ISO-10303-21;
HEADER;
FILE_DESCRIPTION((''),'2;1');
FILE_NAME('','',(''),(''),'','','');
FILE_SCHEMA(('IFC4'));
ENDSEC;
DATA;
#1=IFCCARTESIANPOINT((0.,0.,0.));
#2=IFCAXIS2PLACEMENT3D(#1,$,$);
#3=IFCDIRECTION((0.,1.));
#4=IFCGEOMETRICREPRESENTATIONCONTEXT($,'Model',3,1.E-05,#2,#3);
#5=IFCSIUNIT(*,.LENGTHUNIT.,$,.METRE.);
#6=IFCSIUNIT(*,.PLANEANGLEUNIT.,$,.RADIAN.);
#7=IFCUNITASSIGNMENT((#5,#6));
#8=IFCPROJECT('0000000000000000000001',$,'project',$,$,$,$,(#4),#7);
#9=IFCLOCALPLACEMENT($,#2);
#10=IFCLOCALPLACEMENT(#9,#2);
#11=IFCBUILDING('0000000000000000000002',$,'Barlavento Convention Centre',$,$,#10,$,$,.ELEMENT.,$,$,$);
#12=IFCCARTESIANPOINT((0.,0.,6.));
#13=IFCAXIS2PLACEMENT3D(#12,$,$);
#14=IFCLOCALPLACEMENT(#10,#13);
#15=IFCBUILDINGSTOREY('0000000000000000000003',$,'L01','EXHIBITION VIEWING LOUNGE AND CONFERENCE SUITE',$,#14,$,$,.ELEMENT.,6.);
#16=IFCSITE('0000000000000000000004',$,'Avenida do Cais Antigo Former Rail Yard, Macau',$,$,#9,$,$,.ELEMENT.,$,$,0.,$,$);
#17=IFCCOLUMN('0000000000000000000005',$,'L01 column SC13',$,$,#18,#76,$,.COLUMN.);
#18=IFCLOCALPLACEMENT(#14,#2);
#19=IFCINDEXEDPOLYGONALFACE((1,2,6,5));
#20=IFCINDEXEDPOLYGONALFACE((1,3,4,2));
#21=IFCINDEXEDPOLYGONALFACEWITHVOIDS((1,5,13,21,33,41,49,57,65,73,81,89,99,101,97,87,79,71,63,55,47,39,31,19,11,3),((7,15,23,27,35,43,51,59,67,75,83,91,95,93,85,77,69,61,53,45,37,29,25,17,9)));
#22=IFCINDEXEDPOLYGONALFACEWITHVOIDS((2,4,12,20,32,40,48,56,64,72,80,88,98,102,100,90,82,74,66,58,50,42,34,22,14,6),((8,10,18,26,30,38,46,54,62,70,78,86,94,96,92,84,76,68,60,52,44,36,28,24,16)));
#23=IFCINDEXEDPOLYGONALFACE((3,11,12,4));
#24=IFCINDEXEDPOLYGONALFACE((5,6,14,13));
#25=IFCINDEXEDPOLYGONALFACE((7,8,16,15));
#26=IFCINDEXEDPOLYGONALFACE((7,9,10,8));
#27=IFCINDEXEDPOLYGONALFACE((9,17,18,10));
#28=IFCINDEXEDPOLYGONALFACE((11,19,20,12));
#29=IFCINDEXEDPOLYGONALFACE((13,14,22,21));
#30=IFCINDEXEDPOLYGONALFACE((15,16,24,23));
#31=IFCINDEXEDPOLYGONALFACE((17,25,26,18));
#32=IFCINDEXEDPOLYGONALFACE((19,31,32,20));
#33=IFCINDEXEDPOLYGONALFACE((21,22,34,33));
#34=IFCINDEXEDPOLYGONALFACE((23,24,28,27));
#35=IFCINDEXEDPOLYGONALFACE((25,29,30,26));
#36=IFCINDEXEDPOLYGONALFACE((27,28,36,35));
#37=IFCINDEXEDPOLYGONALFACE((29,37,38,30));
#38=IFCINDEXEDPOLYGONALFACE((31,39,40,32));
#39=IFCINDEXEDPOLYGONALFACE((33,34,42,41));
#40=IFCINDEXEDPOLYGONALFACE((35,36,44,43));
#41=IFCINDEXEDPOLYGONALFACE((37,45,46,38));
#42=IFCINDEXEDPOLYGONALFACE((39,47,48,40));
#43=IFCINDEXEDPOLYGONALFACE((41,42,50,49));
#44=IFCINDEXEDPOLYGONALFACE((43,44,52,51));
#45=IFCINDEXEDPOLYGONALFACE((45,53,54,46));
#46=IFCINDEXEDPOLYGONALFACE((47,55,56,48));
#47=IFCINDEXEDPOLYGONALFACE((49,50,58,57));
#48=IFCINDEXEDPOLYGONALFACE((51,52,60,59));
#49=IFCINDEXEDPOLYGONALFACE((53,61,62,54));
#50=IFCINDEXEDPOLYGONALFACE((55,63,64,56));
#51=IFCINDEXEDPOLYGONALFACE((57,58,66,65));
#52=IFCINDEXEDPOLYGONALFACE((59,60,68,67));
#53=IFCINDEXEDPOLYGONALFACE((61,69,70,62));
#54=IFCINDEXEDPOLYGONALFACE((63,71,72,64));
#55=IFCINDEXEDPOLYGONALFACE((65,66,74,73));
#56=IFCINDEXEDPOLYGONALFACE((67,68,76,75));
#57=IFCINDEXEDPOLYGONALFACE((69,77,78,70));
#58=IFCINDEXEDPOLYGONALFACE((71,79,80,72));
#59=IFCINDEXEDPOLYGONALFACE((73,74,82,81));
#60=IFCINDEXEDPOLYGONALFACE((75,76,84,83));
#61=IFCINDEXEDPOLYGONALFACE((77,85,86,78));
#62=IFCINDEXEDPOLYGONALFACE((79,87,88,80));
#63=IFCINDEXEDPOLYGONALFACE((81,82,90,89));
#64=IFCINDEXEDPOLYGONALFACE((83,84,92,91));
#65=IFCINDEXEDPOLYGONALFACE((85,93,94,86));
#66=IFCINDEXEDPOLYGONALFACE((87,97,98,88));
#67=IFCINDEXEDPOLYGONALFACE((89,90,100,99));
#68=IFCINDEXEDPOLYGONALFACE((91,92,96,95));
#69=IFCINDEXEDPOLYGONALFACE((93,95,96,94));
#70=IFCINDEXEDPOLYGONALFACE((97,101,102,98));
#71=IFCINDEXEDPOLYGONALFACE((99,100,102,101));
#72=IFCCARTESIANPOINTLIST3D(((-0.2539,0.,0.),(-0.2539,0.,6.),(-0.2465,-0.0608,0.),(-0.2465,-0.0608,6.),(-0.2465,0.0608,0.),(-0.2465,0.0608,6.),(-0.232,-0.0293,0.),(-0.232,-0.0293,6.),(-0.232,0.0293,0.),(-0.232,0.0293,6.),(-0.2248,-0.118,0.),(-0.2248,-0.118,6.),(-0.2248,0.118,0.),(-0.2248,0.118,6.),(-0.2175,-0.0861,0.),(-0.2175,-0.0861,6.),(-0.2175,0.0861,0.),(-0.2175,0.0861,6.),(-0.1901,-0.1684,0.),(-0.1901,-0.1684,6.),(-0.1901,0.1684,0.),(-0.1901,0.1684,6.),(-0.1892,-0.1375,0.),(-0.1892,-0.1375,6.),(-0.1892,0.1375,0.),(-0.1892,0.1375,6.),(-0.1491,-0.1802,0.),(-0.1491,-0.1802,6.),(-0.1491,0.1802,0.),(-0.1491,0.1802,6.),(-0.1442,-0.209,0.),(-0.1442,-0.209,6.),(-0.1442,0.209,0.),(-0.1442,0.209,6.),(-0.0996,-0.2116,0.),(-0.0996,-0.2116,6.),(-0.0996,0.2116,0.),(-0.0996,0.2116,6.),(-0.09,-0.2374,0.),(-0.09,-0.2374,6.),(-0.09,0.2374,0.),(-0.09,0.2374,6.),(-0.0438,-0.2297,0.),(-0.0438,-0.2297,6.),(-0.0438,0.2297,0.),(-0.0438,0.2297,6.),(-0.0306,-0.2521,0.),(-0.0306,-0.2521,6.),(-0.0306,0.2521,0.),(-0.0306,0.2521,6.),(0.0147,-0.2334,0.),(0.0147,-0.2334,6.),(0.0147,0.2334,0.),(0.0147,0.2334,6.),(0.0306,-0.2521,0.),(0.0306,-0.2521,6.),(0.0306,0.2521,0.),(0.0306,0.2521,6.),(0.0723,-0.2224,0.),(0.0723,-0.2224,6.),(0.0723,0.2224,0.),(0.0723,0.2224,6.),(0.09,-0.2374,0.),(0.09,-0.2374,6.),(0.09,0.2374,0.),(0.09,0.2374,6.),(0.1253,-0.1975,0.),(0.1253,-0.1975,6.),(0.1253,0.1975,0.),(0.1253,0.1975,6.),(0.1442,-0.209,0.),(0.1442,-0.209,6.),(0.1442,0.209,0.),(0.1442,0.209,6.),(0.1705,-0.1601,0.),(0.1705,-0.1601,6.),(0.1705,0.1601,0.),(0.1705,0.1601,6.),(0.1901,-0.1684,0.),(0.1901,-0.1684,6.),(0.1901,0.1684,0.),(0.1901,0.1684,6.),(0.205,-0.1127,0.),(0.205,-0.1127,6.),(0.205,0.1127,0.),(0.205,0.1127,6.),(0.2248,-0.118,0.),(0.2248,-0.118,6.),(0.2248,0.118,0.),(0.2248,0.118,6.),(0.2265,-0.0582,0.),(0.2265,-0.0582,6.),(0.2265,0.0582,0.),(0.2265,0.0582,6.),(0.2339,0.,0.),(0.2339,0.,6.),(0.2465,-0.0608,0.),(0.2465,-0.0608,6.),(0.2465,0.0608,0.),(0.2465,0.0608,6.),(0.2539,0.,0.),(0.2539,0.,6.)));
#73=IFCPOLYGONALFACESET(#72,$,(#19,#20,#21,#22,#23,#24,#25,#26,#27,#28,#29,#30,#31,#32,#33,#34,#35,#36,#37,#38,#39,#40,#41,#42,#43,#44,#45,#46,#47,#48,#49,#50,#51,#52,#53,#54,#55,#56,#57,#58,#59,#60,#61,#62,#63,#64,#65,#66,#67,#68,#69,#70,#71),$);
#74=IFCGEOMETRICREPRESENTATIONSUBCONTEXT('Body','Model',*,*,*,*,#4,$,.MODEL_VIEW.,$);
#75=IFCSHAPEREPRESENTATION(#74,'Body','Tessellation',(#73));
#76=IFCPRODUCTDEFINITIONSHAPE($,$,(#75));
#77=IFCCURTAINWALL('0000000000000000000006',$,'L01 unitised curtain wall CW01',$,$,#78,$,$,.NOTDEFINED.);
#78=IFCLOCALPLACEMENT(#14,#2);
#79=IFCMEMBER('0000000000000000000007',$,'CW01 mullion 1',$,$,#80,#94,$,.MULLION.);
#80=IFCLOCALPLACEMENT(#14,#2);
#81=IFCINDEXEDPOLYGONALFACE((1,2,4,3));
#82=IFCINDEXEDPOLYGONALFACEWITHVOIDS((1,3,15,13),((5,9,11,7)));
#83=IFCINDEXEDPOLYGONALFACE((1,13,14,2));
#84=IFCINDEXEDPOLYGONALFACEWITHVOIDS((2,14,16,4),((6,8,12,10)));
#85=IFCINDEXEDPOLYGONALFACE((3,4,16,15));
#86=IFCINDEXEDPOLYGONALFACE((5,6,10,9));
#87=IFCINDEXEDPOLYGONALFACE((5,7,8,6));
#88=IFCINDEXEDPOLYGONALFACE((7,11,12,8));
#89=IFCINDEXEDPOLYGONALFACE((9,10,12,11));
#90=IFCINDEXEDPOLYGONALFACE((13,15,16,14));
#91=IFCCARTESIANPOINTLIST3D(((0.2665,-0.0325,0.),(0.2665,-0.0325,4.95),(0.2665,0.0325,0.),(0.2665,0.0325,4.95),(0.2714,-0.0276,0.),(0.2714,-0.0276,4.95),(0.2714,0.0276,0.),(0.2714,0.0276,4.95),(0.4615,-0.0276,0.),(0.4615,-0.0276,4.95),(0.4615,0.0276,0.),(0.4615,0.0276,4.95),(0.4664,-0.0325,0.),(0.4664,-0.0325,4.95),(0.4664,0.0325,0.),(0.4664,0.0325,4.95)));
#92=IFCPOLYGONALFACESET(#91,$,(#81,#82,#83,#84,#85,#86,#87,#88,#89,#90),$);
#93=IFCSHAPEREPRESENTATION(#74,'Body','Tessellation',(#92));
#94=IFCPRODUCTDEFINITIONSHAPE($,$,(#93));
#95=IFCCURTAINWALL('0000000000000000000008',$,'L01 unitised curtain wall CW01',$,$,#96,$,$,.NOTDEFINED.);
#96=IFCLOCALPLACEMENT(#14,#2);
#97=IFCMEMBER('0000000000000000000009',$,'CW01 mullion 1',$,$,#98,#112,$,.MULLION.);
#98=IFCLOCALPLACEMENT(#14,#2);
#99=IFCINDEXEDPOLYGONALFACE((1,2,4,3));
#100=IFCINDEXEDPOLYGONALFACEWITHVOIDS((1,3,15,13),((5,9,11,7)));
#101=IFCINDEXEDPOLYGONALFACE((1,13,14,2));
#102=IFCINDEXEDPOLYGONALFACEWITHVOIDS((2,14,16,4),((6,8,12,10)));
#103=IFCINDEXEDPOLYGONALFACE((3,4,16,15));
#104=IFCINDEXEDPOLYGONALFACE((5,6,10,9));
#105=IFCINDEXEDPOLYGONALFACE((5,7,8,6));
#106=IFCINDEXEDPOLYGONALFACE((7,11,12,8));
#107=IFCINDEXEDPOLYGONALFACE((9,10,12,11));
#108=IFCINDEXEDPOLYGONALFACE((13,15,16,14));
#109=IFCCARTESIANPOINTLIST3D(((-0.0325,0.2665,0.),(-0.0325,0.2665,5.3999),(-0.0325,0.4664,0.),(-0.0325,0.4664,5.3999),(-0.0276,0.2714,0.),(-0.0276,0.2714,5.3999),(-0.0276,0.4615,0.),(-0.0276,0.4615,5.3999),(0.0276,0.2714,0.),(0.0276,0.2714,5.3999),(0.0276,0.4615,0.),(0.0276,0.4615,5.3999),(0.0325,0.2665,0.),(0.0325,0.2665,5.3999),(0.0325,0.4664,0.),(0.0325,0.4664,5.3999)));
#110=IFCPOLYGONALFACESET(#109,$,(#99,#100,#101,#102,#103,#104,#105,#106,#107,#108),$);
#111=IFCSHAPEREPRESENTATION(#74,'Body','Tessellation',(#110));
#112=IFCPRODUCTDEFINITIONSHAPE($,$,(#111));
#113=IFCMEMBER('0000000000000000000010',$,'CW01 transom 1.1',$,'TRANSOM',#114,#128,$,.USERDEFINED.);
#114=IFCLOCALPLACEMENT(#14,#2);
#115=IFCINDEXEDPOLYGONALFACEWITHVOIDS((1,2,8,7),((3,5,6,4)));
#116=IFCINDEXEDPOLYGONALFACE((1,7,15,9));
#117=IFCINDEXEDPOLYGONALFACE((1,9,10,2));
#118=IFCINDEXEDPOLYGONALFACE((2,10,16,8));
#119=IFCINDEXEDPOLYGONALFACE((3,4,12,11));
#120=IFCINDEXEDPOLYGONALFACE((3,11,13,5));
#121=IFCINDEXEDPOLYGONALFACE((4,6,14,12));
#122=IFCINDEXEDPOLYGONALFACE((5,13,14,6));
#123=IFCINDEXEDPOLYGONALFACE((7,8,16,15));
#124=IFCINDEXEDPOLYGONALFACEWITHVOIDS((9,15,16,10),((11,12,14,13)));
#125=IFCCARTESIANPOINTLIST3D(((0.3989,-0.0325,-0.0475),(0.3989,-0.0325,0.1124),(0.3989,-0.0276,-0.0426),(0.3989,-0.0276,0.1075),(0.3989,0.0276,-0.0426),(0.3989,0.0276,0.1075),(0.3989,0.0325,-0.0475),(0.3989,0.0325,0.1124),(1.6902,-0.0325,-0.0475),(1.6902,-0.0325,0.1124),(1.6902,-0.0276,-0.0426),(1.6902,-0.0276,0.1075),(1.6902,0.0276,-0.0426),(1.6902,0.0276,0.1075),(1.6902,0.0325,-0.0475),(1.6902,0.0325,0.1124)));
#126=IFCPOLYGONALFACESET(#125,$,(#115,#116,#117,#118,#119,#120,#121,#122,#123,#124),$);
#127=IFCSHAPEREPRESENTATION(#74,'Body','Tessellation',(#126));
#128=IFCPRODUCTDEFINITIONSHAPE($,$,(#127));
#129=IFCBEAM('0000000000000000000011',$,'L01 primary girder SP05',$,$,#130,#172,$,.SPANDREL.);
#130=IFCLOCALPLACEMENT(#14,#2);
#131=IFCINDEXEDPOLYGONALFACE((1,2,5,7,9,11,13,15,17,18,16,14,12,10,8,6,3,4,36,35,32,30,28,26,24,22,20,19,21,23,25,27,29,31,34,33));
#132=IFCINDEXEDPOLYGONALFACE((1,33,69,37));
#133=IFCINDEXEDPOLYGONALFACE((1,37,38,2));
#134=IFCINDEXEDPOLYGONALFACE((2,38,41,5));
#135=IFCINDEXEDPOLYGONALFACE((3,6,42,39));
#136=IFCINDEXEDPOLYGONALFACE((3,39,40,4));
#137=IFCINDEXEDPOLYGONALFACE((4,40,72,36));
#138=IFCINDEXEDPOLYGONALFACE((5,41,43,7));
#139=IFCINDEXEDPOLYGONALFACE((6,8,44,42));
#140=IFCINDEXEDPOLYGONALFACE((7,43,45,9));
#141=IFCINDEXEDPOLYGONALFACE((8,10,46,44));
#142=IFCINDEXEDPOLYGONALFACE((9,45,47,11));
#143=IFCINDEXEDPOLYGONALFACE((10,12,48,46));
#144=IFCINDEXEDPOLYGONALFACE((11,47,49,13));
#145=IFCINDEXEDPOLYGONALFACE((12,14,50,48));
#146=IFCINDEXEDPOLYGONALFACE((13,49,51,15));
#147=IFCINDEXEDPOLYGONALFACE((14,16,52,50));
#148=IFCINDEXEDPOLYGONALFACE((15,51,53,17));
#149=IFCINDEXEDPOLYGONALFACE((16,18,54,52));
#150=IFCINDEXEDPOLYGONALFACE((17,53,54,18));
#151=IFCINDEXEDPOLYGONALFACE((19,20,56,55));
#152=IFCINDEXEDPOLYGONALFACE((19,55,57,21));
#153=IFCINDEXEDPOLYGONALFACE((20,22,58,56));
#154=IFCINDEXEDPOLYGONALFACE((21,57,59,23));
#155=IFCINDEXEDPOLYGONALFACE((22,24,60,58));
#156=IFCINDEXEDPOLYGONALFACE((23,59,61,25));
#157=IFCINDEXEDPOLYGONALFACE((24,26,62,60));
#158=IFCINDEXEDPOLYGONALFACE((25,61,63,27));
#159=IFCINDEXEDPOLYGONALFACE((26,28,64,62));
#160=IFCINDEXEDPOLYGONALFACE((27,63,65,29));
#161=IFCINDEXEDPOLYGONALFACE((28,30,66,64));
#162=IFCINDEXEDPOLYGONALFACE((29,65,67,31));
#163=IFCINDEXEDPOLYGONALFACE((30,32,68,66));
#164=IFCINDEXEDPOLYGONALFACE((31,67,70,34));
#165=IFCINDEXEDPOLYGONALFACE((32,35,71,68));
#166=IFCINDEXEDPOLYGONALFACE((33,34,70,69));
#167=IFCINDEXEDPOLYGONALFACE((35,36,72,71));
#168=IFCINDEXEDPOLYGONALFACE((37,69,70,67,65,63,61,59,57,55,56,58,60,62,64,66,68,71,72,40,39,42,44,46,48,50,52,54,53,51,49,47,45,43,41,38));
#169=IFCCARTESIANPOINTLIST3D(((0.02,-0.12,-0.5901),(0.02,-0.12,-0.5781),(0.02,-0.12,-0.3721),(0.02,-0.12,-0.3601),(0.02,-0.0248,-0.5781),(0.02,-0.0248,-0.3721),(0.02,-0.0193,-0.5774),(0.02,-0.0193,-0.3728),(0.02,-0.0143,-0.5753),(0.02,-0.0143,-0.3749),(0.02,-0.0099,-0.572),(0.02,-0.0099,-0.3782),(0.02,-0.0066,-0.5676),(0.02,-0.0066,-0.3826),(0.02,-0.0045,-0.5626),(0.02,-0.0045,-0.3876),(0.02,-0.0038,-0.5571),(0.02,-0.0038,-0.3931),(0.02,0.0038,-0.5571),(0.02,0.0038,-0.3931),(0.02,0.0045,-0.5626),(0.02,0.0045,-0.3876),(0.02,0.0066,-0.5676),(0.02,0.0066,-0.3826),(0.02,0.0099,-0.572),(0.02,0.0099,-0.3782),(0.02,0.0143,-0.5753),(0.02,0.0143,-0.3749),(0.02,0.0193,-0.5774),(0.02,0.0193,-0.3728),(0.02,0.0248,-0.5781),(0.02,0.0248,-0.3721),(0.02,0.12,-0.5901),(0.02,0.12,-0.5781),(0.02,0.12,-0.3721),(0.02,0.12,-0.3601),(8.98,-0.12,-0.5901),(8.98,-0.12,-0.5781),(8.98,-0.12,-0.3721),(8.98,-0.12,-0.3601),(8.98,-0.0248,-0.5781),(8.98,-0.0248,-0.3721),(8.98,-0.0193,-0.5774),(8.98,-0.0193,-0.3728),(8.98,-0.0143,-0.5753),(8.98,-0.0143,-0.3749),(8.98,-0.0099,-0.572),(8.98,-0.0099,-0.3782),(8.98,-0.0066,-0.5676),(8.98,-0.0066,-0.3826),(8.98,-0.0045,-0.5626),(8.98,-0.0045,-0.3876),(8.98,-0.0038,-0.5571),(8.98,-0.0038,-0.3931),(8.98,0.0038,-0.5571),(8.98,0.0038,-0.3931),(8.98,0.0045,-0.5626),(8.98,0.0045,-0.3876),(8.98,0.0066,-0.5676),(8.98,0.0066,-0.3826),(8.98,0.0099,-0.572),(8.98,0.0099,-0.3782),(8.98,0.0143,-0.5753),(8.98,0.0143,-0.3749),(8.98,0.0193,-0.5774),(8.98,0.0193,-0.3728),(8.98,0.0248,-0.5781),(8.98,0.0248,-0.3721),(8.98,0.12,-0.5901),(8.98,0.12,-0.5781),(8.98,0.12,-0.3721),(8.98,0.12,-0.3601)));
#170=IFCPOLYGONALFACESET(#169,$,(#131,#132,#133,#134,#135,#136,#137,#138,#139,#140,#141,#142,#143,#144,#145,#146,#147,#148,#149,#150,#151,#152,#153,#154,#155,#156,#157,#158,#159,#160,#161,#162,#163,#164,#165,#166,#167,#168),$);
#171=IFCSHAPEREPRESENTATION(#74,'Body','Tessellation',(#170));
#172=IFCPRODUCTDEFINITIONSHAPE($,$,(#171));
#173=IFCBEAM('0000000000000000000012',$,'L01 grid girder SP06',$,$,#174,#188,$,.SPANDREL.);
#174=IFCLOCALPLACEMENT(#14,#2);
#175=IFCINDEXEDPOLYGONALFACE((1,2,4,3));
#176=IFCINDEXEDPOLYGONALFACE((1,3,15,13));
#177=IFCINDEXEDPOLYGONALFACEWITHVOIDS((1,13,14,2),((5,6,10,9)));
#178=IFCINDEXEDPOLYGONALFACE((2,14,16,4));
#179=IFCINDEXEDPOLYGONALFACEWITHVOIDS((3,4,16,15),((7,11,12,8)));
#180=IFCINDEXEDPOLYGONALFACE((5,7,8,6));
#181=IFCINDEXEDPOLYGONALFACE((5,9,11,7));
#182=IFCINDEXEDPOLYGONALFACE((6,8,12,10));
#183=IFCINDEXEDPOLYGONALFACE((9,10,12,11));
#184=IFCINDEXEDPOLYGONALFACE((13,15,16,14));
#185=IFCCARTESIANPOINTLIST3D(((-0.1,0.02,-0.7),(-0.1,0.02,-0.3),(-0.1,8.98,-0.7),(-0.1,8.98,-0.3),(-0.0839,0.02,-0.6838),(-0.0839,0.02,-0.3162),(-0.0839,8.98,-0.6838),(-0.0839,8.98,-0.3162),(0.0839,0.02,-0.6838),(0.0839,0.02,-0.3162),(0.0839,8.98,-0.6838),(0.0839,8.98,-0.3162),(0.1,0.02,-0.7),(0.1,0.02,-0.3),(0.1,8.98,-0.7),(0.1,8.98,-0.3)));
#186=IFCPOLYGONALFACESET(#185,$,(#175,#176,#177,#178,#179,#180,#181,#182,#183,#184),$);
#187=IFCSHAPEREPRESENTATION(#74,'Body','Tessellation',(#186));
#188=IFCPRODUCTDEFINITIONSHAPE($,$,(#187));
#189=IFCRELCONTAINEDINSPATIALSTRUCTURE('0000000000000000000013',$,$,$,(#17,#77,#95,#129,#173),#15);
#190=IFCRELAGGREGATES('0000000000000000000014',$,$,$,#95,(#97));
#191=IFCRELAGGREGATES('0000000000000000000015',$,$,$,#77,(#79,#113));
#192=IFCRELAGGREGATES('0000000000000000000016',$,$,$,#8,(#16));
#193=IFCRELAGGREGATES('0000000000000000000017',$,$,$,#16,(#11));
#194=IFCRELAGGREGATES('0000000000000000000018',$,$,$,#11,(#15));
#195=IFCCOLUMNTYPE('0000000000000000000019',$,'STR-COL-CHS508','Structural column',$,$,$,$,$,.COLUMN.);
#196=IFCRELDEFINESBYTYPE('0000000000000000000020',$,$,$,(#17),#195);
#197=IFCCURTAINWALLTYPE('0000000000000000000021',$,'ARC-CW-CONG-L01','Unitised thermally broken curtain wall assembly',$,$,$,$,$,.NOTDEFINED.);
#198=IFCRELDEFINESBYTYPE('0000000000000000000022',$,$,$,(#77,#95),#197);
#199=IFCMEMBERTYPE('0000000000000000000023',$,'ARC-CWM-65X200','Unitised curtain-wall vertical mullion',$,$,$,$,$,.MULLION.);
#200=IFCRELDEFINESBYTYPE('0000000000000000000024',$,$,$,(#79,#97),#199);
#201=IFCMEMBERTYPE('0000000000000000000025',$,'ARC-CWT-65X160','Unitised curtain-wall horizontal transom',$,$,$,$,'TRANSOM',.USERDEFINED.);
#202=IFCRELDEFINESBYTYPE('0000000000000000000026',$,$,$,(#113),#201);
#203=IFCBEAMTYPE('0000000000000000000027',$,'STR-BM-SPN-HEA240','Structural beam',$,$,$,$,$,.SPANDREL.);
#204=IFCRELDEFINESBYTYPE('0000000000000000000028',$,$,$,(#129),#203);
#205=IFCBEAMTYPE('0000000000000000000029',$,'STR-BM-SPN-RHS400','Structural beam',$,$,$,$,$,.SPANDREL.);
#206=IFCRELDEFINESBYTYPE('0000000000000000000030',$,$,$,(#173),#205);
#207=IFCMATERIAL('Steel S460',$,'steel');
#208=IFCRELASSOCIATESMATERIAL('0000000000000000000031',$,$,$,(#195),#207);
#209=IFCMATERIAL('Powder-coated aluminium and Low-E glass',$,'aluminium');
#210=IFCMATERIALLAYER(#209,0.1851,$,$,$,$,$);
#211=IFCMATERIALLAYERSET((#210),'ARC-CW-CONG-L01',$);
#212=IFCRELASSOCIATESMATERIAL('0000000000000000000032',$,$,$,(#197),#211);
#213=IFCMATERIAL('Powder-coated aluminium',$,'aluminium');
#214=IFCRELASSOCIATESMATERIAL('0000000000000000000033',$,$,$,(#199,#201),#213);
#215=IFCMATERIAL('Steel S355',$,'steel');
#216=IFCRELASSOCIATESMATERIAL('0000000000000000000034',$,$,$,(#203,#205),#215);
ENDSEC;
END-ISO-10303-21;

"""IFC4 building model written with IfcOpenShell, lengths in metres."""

from ifc_helpers import new_model, si_unit, direction, frame, origin, origin_with_axes, origin_2d, place, context, subcontext, project, spatial, hollow_rectangle, hollow_circle, i_section, extrude, material, layer, layer_set, material_profile, profile_set, type_object, element, aggregate, save


model = new_model("IFC4")

# Units and contexts
model_context = context("Model", 3, precision=1e-05, world=origin(), true_north=direction((0.0, 1.0)))
body_context = subcontext(model_context, "Body", "Model", "MODEL_VIEW")
ifc_project = project(units=[si_unit("LENGTHUNIT", "METRE"), si_unit("PLANEANGLEUNIT", "RADIAN")], contexts=[model_context])

# Site, building, storey
site_placement = place(None, origin())
site = spatial("IfcSite", under=ifc_project, at=site_placement, Name="Avenida do Cais Antigo Former Rail Yard, Macau", CompositionType="ELEMENT", RefElevation=0.0)
building_placement = place(site_placement, origin())
building = spatial("IfcBuilding", under=site, at=building_placement, Name="Barlavento Convention Centre", CompositionType="ELEMENT")
storey_placement = place(building_placement, frame((0.0, 0.0, 6.0)))
storey = spatial("IfcBuildingStorey", under=building, at=storey_placement, Name="L01", Description="EXHIBITION VIEWING LOUNGE AND CONFERENCE SUITE", CompositionType="ELEMENT", Elevation=6.0)

# Column
ifc_material_1 = material(Name="Steel S460", Category="steel")
ifc_material_profile_1 = material_profile(ifc_material_1, hollow_circle(Radius=0.2539, WallThickness=0.02, at=origin_2d()), Name="CHS 508.0x20.0")
ifc_profile_set_1 = profile_set([ifc_material_profile_1], Name="Steel S460")
column_type = type_object("IfcColumnType", Name="STR-COL-CHS508", Description="Structural column", PredefinedType="COLUMN", material=ifc_profile_set_1)
column_placement = place(storey_placement, origin_with_axes())
element("IfcColumn", 1, at=column_placement, inside=storey, type_object=column_type, Name="L01 column SC13", PredefinedType="COLUMN", context=body_context, shape_type="SweptSolid", body=[
    extrude(hollow_circle(Radius=0.2539, WallThickness=0.02, at=origin_2d()), origin(), (0.0, 0.0, 1.0), 6.0),
])

# Curtain walls, members
ifc_material_2 = material(Name="Powder-coated aluminium and Low-E glass", Category="aluminium")
ifc_layer_1 = layer(ifc_material_2, 0.1851)
ifc_layer_set_1 = layer_set([ifc_layer_1], Name="ARC-CW-CONG-L01")
curtain_wall_type = type_object("IfcCurtainWallType", Name="ARC-CW-CONG-L01", Description="Unitised thermally broken curtain wall assembly", PredefinedType="NOTDEFINED", material=ifc_layer_set_1)
curtain_wall_1_placement = place(storey_placement, origin())
curtain_wall_1 = element("IfcCurtainWall", 2, at=curtain_wall_1_placement, inside=storey, type_object=curtain_wall_type, Name="L01 unitised curtain wall CW01", PredefinedType="NOTDEFINED")
ifc_material_3 = material(Name="Powder-coated aluminium", Category="aluminium")
ifc_material_profile_2 = material_profile(ifc_material_3, hollow_rectangle(XDim=0.0649, YDim=0.2, WallThickness=0.0049, at=origin_2d()), Name="AL-MULL 65x200x5")
ifc_profile_set_2 = profile_set([ifc_material_profile_2], Name="Powder-coated aluminium")
member_type_1 = type_object("IfcMemberType", Name="ARC-CWM-65X200", Description="Unitised curtain-wall vertical mullion", PredefinedType="MULLION", material=ifc_profile_set_2)
member_1_placement = place(storey_placement, frame((0.3665, 0.0, 0.0), z_axis=(0.0, 0.0, 1.0), x_axis=(0.0, 1.0, 0.0)))
member_1 = element("IfcMember", 3, at=member_1_placement, type_object=member_type_1, Name="CW01 mullion 1", PredefinedType="MULLION", context=body_context, shape_type="SweptSolid", body=[
    extrude(hollow_rectangle(XDim=0.0649, YDim=0.2, WallThickness=0.0049, at=origin_2d()), origin(), (0.0, 0.0, 1.0), 4.95),
])
curtain_wall_2_placement = place(storey_placement, origin())
curtain_wall_2 = element("IfcCurtainWall", 4, at=curtain_wall_2_placement, inside=storey, type_object=curtain_wall_type, Name="L01 unitised curtain wall CW01", PredefinedType="NOTDEFINED")
member_2_placement = place(storey_placement, frame((0.0, 0.3665, 0.0), z_axis=(0.0, 0.0, 1.0), x_axis=(-1.0, 0.0, 0.0)))
member_2 = element("IfcMember", 5, at=member_2_placement, type_object=member_type_1, Name="CW01 mullion 1", PredefinedType="MULLION", context=body_context, shape_type="SweptSolid", body=[
    extrude(hollow_rectangle(XDim=0.0649, YDim=0.2, WallThickness=0.0049, at=origin_2d()), origin(), (0.0, 0.0, 1.0), 5.3999),
])
aggregate(curtain_wall_2, [member_2])

# Member
ifc_material_profile_3 = material_profile(ifc_material_3, hollow_rectangle(XDim=0.0649, YDim=0.1599, WallThickness=0.0049, at=origin_2d()), Name="AL-TRAN 65x160x5")
ifc_profile_set_3 = profile_set([ifc_material_profile_3], Name="Powder-coated aluminium")
member_type_2 = type_object("IfcMemberType", Name="ARC-CWT-65X160", Description="Unitised curtain-wall horizontal transom", ElementType="TRANSOM", PredefinedType="USERDEFINED", material=ifc_profile_set_3)
member_3_placement = place(storey_placement, frame((0.3989, 0.0, 0.0325), z_axis=(1.0, 0.0, 0.0), x_axis=(0.0, 1.0, 0.0)))
member_3 = element("IfcMember", 6, at=member_3_placement, type_object=member_type_2, Name="CW01 transom 1.1", ObjectType="TRANSOM", PredefinedType="USERDEFINED", context=body_context, shape_type="SweptSolid", body=[
    extrude(hollow_rectangle(XDim=0.0649, YDim=0.1599, WallThickness=0.0049, at=origin_2d()), origin(), (0.0, 0.0, 1.0), 1.2913),
])
aggregate(curtain_wall_1, [member_1, member_3])

# Beams
ifc_material_4 = material(Name="Steel S355", Category="steel")
ifc_material_profile_4 = material_profile(ifc_material_4, i_section(OverallWidth=0.24, OverallDepth=0.23, WebThickness=0.0076, FlangeThickness=0.012, FilletRadius=0.021, at=origin_2d()), Name="HEA 240")
ifc_profile_set_4 = profile_set([ifc_material_profile_4], Name="Steel S355")
beam_type_1 = type_object("IfcBeamType", Name="STR-BM-SPN-HEA240", Description="Structural beam", PredefinedType="SPANDREL", material=ifc_profile_set_4)
beam_1_placement = place(storey_placement, frame((0.02, 0.0, -0.4751), z_axis=(1.0, 0.0, 0.0), x_axis=(0.0, 1.0, 0.0)))
element("IfcBeam", 7, at=beam_1_placement, inside=storey, type_object=beam_type_1, Name="L01 primary girder SP05", PredefinedType="SPANDREL", context=body_context, shape_type="SweptSolid", body=[
    extrude(i_section(OverallWidth=0.24, OverallDepth=0.23, WebThickness=0.0076, FlangeThickness=0.012, FilletRadius=0.021, at=origin_2d()), origin(), (0.0, 0.0, 1.0), 8.96),
])
ifc_material_profile_5 = material_profile(ifc_material_4, hollow_rectangle(XDim=0.2, YDim=0.3999, WallThickness=0.0161, at=origin_2d()), Name="RHS 400x200x16.0")
ifc_profile_set_5 = profile_set([ifc_material_profile_5], Name="Steel S355")
beam_type_2 = type_object("IfcBeamType", Name="STR-BM-SPN-RHS400", Description="Structural beam", PredefinedType="SPANDREL", material=ifc_profile_set_5)
beam_2_placement = place(storey_placement, frame((0.0, 0.02, -0.5), z_axis=(0.0, 1.0, 0.0), x_axis=(-1.0, 0.0, 0.0)))
element("IfcBeam", 8, at=beam_2_placement, inside=storey, type_object=beam_type_2, Name="L01 grid girder SP06", PredefinedType="SPANDREL", context=body_context, shape_type="SweptSolid", body=[
    extrude(hollow_rectangle(XDim=0.2, YDim=0.3999, WallThickness=0.0161, at=origin_2d()), origin(), (0.0, 0.0, 1.0), 8.96),
])

save(model, "model.ifc")
